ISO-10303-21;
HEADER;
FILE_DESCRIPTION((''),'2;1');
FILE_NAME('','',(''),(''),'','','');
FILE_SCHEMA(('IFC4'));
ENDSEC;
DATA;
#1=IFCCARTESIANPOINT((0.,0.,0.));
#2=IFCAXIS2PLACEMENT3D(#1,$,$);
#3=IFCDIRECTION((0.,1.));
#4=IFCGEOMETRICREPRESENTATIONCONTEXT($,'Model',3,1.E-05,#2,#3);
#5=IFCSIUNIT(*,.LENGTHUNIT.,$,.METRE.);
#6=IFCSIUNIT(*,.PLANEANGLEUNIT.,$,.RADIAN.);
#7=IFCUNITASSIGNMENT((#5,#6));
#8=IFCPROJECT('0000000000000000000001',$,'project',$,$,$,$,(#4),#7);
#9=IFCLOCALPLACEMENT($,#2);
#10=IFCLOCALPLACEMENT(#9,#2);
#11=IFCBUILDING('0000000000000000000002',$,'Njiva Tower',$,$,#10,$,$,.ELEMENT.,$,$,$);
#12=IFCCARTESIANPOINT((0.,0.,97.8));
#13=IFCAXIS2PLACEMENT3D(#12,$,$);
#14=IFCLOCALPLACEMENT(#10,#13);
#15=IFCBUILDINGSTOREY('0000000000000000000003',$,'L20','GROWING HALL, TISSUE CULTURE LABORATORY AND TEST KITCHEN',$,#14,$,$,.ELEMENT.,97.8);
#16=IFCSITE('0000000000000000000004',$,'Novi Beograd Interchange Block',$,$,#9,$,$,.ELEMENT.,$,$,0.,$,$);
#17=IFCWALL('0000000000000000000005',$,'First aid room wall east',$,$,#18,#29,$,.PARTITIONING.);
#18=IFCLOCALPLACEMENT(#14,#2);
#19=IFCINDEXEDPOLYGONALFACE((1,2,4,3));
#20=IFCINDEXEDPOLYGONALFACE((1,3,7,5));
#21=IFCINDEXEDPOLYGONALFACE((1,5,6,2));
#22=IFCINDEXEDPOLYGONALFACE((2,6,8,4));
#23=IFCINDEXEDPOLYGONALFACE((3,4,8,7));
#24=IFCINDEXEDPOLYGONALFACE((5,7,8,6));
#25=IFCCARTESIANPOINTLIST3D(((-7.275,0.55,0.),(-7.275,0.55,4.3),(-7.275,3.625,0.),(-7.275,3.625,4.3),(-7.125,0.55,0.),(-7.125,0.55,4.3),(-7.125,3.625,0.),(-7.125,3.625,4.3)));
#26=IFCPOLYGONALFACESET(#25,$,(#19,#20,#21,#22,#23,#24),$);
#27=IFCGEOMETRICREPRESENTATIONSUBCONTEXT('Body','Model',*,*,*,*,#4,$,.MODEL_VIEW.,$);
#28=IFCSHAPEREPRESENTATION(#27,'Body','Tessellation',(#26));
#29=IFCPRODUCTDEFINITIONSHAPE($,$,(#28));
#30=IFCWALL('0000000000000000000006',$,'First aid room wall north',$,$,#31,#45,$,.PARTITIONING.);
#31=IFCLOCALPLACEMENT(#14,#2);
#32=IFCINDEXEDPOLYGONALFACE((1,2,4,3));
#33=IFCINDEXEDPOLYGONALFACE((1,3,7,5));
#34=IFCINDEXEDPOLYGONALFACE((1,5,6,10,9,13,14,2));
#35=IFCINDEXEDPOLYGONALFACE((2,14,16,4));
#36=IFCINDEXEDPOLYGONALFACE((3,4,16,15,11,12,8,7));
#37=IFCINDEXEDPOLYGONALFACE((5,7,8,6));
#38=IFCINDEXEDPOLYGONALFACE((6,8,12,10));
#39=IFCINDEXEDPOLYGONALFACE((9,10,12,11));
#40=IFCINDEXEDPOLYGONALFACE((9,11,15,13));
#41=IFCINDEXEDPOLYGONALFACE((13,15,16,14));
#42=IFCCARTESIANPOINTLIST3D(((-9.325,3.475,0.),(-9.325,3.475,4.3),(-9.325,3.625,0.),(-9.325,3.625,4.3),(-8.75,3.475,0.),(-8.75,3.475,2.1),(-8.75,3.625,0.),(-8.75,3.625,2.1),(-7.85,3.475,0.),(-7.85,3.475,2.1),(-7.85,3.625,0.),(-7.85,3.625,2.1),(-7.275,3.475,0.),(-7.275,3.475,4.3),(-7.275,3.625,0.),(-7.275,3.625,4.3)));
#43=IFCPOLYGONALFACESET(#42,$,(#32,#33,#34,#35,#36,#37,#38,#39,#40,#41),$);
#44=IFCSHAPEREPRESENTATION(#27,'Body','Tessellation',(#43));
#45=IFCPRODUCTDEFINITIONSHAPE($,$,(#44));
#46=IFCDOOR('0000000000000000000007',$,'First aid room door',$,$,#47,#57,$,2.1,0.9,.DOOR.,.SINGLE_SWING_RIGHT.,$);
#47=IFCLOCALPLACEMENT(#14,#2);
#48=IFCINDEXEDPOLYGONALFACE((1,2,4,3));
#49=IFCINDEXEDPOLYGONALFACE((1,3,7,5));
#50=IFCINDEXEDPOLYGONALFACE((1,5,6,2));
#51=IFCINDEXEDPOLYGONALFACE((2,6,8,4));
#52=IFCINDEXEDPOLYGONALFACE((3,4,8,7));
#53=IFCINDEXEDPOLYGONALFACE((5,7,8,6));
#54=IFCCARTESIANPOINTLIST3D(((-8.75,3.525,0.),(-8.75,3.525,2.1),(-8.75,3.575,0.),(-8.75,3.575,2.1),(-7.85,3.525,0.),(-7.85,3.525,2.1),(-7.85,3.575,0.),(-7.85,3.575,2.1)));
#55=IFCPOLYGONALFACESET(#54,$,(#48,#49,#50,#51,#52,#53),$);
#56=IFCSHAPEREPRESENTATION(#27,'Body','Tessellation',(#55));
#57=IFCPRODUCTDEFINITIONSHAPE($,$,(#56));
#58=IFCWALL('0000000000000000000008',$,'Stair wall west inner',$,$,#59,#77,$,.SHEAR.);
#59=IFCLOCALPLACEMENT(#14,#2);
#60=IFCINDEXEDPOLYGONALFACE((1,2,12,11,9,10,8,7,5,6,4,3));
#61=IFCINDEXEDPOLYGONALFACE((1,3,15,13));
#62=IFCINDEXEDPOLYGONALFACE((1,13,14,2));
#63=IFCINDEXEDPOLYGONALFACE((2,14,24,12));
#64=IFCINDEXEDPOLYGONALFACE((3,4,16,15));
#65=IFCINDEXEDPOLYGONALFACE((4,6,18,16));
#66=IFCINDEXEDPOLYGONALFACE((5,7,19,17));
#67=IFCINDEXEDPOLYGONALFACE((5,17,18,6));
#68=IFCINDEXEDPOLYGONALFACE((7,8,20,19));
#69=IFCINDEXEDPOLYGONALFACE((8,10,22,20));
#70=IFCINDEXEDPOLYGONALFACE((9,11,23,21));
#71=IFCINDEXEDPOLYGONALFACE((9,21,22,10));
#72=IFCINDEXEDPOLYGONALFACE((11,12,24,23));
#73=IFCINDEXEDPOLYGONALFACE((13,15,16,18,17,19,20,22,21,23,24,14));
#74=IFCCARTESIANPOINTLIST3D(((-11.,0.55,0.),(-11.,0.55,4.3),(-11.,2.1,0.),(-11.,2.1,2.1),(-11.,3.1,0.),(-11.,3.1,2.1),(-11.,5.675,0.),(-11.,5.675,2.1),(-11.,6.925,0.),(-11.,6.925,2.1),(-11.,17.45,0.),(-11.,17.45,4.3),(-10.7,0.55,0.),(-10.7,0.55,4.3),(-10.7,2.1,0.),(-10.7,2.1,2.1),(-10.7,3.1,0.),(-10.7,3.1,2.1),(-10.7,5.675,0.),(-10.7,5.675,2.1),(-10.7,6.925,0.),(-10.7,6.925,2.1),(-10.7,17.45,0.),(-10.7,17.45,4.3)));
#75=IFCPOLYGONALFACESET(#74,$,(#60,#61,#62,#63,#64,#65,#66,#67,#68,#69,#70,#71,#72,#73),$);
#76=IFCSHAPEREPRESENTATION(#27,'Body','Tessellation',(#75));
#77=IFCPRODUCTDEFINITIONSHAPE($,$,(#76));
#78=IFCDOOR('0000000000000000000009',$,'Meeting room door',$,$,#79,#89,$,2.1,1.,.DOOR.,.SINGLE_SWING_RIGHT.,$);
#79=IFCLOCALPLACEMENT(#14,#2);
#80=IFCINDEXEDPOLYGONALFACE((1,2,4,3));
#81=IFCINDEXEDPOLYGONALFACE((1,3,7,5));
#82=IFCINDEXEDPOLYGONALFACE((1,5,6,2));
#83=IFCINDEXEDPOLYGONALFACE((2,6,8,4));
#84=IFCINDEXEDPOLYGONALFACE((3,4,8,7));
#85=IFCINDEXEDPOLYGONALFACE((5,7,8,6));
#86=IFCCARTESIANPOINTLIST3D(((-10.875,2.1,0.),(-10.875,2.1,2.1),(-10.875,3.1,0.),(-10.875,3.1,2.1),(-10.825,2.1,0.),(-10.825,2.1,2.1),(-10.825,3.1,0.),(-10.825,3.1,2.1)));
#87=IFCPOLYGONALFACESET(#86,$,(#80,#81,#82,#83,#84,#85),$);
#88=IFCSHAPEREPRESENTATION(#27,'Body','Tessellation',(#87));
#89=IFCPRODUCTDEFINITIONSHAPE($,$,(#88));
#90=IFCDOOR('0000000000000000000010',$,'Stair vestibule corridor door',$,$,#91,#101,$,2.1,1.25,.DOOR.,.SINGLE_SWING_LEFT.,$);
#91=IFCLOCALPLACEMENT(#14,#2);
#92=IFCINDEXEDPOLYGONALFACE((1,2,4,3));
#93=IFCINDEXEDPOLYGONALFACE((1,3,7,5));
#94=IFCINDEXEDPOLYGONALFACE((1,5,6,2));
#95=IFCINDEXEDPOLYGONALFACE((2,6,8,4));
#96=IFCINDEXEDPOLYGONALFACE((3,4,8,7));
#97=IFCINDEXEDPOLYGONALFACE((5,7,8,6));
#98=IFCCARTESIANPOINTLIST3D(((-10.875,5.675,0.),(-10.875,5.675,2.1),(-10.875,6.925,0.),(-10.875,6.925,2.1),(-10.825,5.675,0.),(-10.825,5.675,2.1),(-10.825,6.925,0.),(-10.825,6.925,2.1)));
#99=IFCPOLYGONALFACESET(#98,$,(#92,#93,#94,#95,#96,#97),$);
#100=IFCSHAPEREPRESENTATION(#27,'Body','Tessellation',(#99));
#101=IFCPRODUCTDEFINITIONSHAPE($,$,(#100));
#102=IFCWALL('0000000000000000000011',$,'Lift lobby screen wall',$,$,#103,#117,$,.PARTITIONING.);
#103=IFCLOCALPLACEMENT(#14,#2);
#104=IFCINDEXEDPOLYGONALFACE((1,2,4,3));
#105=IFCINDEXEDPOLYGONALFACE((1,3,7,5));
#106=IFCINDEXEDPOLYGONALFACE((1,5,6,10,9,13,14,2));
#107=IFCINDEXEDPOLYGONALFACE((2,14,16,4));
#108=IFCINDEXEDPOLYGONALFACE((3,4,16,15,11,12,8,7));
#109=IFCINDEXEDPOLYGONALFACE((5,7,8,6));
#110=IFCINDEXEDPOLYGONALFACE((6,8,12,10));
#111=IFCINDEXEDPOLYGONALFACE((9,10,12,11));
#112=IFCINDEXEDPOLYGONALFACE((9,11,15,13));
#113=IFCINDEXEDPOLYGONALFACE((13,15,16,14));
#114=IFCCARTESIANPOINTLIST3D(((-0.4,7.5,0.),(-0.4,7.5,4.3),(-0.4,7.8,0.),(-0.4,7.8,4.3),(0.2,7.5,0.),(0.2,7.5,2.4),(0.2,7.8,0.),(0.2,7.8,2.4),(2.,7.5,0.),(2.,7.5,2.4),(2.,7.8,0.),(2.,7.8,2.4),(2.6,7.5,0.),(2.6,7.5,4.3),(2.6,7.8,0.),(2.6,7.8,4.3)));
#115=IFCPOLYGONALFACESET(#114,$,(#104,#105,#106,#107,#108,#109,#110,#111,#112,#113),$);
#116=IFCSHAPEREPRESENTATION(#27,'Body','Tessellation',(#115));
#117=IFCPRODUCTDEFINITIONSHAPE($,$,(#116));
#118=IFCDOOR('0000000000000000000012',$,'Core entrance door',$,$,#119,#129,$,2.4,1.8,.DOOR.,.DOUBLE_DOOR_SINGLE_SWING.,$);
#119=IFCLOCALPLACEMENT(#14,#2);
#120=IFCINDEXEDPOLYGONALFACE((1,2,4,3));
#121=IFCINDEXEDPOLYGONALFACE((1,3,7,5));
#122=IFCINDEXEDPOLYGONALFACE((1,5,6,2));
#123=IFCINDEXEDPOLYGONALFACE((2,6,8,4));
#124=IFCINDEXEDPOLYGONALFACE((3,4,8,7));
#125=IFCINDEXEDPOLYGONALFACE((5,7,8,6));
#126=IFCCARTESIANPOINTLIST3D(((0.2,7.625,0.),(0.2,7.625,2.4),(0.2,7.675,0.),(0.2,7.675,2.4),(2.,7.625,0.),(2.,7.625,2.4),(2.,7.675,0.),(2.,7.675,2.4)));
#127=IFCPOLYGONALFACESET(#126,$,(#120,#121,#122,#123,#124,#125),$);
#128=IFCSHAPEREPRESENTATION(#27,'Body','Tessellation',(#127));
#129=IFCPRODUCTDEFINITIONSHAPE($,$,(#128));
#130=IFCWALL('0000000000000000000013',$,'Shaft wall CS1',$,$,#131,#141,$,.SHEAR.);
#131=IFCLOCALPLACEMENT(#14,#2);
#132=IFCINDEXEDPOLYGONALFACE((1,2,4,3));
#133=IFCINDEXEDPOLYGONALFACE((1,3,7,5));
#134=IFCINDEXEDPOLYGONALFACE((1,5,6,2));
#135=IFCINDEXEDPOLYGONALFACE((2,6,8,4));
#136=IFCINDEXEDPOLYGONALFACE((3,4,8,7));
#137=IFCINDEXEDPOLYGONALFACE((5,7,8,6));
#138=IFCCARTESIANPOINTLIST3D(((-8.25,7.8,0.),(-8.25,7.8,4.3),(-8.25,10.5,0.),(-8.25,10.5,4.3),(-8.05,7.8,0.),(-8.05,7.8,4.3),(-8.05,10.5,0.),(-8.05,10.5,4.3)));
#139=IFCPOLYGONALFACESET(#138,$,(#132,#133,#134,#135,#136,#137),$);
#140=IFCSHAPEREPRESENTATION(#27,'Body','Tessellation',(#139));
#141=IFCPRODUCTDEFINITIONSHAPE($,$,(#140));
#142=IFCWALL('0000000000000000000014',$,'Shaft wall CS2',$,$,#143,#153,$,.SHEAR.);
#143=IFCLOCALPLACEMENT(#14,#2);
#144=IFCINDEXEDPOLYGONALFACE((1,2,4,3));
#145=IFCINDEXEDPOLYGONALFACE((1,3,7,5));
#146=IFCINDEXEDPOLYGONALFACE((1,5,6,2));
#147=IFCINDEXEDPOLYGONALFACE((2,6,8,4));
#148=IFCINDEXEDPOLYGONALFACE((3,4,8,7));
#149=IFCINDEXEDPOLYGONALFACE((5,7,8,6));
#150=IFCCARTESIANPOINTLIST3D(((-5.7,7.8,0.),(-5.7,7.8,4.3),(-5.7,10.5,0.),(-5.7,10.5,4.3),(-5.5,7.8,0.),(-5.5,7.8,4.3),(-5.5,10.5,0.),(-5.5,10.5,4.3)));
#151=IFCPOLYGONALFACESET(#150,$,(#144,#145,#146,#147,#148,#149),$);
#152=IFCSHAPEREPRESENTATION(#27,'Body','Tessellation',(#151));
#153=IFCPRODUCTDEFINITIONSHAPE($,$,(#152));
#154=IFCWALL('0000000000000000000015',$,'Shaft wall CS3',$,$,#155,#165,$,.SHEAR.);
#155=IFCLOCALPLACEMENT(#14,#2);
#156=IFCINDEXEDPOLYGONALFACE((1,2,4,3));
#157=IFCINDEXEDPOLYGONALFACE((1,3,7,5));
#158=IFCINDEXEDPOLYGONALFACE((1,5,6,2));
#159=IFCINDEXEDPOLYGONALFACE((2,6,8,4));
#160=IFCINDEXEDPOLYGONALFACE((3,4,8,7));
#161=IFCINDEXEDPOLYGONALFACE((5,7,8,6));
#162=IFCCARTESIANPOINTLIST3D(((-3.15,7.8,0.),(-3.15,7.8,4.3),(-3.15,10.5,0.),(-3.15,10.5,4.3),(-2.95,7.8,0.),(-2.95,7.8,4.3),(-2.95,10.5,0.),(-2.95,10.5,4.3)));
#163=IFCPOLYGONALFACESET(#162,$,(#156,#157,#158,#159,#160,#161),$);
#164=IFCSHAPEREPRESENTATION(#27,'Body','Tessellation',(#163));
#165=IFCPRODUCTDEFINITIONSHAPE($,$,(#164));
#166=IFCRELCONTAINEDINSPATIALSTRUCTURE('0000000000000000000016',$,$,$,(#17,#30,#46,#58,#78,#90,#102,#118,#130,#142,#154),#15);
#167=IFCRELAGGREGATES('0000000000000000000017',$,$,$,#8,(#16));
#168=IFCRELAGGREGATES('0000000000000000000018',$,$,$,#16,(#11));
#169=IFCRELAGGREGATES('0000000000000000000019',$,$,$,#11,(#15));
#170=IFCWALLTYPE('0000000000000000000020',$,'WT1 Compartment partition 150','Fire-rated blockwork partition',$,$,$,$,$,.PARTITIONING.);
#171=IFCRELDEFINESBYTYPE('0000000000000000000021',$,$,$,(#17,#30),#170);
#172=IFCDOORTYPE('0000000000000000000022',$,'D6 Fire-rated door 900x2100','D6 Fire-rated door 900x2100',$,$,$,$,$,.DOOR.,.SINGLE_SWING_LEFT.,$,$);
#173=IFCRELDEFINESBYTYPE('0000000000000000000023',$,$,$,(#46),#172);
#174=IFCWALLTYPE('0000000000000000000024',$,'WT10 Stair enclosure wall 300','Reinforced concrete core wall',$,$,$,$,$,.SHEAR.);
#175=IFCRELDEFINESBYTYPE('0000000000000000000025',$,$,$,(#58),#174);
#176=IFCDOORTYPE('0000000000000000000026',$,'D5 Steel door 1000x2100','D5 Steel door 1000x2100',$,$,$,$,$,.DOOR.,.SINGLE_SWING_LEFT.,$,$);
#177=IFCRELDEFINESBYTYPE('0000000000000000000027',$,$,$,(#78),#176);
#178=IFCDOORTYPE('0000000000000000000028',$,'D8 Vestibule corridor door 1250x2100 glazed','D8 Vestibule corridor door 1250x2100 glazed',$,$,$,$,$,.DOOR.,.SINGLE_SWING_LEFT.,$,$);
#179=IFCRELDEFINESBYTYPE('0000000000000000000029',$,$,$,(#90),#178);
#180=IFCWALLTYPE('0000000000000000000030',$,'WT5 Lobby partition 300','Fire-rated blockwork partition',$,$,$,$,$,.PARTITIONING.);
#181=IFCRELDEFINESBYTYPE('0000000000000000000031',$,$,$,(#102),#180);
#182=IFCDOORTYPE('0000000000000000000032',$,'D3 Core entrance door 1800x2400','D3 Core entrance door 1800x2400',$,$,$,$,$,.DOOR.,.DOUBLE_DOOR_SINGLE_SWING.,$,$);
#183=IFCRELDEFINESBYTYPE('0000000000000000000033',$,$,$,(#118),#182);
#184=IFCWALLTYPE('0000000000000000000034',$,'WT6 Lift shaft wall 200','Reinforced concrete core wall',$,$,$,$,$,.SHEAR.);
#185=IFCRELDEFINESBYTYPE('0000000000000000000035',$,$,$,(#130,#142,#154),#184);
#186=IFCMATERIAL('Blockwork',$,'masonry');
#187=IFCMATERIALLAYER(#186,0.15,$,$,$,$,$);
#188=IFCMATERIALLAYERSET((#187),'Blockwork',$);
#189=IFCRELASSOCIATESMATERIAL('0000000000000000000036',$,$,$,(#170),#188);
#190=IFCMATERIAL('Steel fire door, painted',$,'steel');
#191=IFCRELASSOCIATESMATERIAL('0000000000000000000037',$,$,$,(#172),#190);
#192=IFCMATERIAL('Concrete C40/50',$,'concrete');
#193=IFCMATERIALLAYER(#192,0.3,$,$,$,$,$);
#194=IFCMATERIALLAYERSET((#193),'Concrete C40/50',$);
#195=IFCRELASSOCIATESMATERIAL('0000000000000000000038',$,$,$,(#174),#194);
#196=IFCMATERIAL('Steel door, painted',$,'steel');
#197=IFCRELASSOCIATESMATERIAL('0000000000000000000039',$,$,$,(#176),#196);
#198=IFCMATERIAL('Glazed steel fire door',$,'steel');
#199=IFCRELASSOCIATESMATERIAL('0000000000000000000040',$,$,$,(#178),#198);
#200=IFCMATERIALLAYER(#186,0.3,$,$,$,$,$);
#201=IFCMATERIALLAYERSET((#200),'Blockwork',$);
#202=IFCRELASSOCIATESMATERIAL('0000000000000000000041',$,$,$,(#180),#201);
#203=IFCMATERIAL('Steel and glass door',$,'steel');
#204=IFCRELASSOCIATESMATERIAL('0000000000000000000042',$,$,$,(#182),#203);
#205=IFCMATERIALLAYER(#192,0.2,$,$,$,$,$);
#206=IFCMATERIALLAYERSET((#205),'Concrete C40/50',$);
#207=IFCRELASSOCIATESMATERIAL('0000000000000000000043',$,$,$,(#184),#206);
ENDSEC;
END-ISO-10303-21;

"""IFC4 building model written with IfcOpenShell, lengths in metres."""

from ifc_helpers import new_model, si_unit, direction, frame, frame_2d, origin, place, context, subcontext, project, spatial, rectangle, extrude, material, layer, layer_set, type_object, element, fill, save


model = new_model("IFC4")

# Units and contexts
model_context = context("Model", 3, precision=1e-05, world=origin(), true_north=direction((0.0, 1.0)))
body_context = subcontext(model_context, "Body", "Model", "MODEL_VIEW")
ifc_project = project(units=[si_unit("LENGTHUNIT", "METRE"), si_unit("PLANEANGLEUNIT", "RADIAN")], contexts=[model_context])

# Site, building, storey
site_placement = place(None, origin())
site = spatial("IfcSite", under=ifc_project, at=site_placement, Name="Novi Beograd Interchange Block", CompositionType="ELEMENT", RefElevation=0.0)
building_placement = place(site_placement, origin())
building = spatial("IfcBuilding", under=site, at=building_placement, Name="Njiva Tower", CompositionType="ELEMENT")
storey_placement = place(building_placement, frame((0.0, 0.0, 97.8)))
storey = spatial("IfcBuildingStorey", under=building, at=storey_placement, Name="L20", Description="GROWING HALL, TISSUE CULTURE LABORATORY AND TEST KITCHEN", CompositionType="ELEMENT", Elevation=97.8)

# Shared definitions
ifc_material_1 = material(Name="Blockwork", Category="masonry")
ifc_layer_1 = layer(ifc_material_1, 0.15)
ifc_layer_set_1 = layer_set([ifc_layer_1], Name="Blockwork")
wall_type_1 = type_object("IfcWallType", Name="WT1 Compartment partition 150", Description="Fire-rated blockwork partition", PredefinedType="PARTITIONING", material=ifc_layer_set_1)

# Shared definitions
ifc_material_2 = material(Name="Steel fire door, painted", Category="steel")
door_type_1 = type_object("IfcDoorType", Name="D6 Fire-rated door 900x2100", Description="D6 Fire-rated door 900x2100", OperationType="SINGLE_SWING_LEFT", PredefinedType="DOOR", material=ifc_material_2)

# Wall
for number, where, z_axis, x_axis, name in (
    (1, (-7.2, 0.55, 0.0), (0.0, 0.0, 1.0), (0.0, 1.0, 0.0), "First aid room wall east"),
):
    element("IfcWall", number, at=place(storey_placement, frame(where, z_axis=z_axis, x_axis=x_axis)), inside=storey, type_object=wall_type_1, Name=name, PredefinedType="PARTITIONING", context=body_context, shape_type="SweptSolid", body=[
        extrude(rectangle(XDim=3.075, YDim=0.15, at=frame_2d((1.5375, 0.0))), origin(), (0.0, 0.0, 1.0), 4.3),
    ])

# Wall, opening, door
wall_1_placement = place(storey_placement, frame((-9.325, 3.55, 0.0), z_axis=(0.0, 0.0, 1.0), x_axis=(1.0, 0.0, 0.0)))
wall_1 = element("IfcWall", 2, at=wall_1_placement, inside=storey, type_object=wall_type_1, Name="First aid room wall north", PredefinedType="PARTITIONING", context=body_context, shape_type="SweptSolid", body=[
    extrude(rectangle(XDim=2.05, YDim=0.15, at=frame_2d((1.025, 0.0))), origin(), (0.0, 0.0, 1.0), 4.3),
])
opening_1_placement = place(wall_1_placement, frame((0.575, 0.0, 0.0)))
opening_1 = element("IfcOpeningElement", 3, at=opening_1_placement, cuts=wall_1, PredefinedType="OPENING", context=body_context, shape_type="SweptSolid", body=[
    extrude(rectangle(XDim=0.9, YDim=2.1, at=frame_2d((0.45, 1.05))), frame((0.0, 0.085, 0.0), z_axis=(0.0, -1.0, 0.0), x_axis=(1.0, 0.0, 0.0)), (0.0, 0.0, 1.0), 0.17),
])
door_1_placement = place(opening_1_placement, origin())
door_1 = element("IfcDoor", 4, at=door_1_placement, inside=storey, type_object=door_type_1, Name="First aid room door", OperationType="SINGLE_SWING_RIGHT", OverallHeight=2.1, OverallWidth=0.9, PredefinedType="DOOR", context=body_context, shape_type="SweptSolid", body=[
    extrude(rectangle(XDim=0.9, YDim=2.1, at=frame_2d((0.45, 1.05))), frame((0.0, 0.025, 0.0), z_axis=(0.0, -1.0, 0.0), x_axis=(1.0, 0.0, 0.0)), (0.0, 0.0, 1.0), 0.05),
])
fill(opening_1, door_1)

# Wall, openings, doors
ifc_material_3 = material(Name="Concrete C40/50", Category="concrete")
ifc_layer_2 = layer(ifc_material_3, 0.3)
ifc_layer_set_2 = layer_set([ifc_layer_2], Name="Concrete C40/50")
wall_type_2 = type_object("IfcWallType", Name="WT10 Stair enclosure wall 300", Description="Reinforced concrete core wall", PredefinedType="SHEAR", material=ifc_layer_set_2)
wall_2_placement = place(storey_placement, frame((-10.85, 0.55, 0.0), z_axis=(0.0, 0.0, 1.0), x_axis=(0.0, 1.0, 0.0)))
wall_2 = element("IfcWall", 5, at=wall_2_placement, inside=storey, type_object=wall_type_2, Name="Stair wall west inner", PredefinedType="SHEAR", context=body_context, shape_type="SweptSolid", body=[
    extrude(rectangle(XDim=16.9, YDim=0.3, at=frame_2d((8.45, 0.0))), origin(), (0.0, 0.0, 1.0), 4.3),
])
opening_2_placement = place(wall_2_placement, frame((5.125, 0.0, 0.0)))
opening_2 = element("IfcOpeningElement", 6, at=opening_2_placement, cuts=wall_2, PredefinedType="OPENING", context=body_context, shape_type="SweptSolid", body=[
    extrude(rectangle(XDim=1.25, YDim=2.1, at=frame_2d((0.625, 1.05))), frame((0.0, 0.16, 0.0), z_axis=(0.0, -1.0, 0.0), x_axis=(1.0, 0.0, 0.0)), (0.0, 0.0, 1.0), 0.32),
])
opening_3_placement = place(wall_2_placement, frame((1.55, 0.0, 0.0)))
opening_3 = element("IfcOpeningElement", 7, at=opening_3_placement, cuts=wall_2, PredefinedType="OPENING", context=body_context, shape_type="SweptSolid", body=[
    extrude(rectangle(XDim=1.0, YDim=2.1, at=frame_2d((0.5, 1.05))), frame((0.0, 0.16, 0.0), z_axis=(0.0, -1.0, 0.0), x_axis=(1.0, 0.0, 0.0)), (0.0, 0.0, 1.0), 0.32),
])
ifc_material_4 = material(Name="Steel door, painted", Category="steel")
door_type_2 = type_object("IfcDoorType", Name="D5 Steel door 1000x2100", Description="D5 Steel door 1000x2100", OperationType="SINGLE_SWING_LEFT", PredefinedType="DOOR", material=ifc_material_4)
door_2_placement = place(opening_3_placement, origin())
door_2 = element("IfcDoor", 8, at=door_2_placement, inside=storey, type_object=door_type_2, Name="Meeting room door", OperationType="SINGLE_SWING_RIGHT", OverallHeight=2.1, OverallWidth=1.0, PredefinedType="DOOR", context=body_context, shape_type="SweptSolid", body=[
    extrude(rectangle(XDim=1.0, YDim=2.1, at=frame_2d((0.5, 1.05))), frame((0.0, 0.025, 0.0), z_axis=(0.0, -1.0, 0.0), x_axis=(1.0, 0.0, 0.0)), (0.0, 0.0, 1.0), 0.05),
])
fill(opening_3, door_2)
ifc_material_5 = material(Name="Glazed steel fire door", Category="steel")
door_type_3 = type_object("IfcDoorType", Name="D8 Vestibule corridor door 1250x2100 glazed", Description="D8 Vestibule corridor door 1250x2100 glazed", OperationType="SINGLE_SWING_LEFT", PredefinedType="DOOR", material=ifc_material_5)
door_3_placement = place(opening_2_placement, origin())
door_3 = element("IfcDoor", 9, at=door_3_placement, inside=storey, type_object=door_type_3, Name="Stair vestibule corridor door", OperationType="SINGLE_SWING_LEFT", OverallHeight=2.1, OverallWidth=1.25, PredefinedType="DOOR", context=body_context, shape_type="SweptSolid", body=[
    extrude(rectangle(XDim=1.25, YDim=2.1, at=frame_2d((0.625, 1.05))), frame((0.0, 0.025, 0.0), z_axis=(0.0, -1.0, 0.0), x_axis=(1.0, 0.0, 0.0)), (0.0, 0.0, 1.0), 0.05),
])
fill(opening_2, door_3)

# Wall, opening, door
ifc_layer_3 = layer(ifc_material_1, 0.3)
ifc_layer_set_3 = layer_set([ifc_layer_3], Name="Blockwork")
wall_type_3 = type_object("IfcWallType", Name="WT5 Lobby partition 300", Description="Fire-rated blockwork partition", PredefinedType="PARTITIONING", material=ifc_layer_set_3)
wall_3_placement = place(storey_placement, frame((-0.4, 7.65, 0.0), z_axis=(0.0, 0.0, 1.0), x_axis=(1.0, 0.0, 0.0)))
wall_3 = element("IfcWall", 10, at=wall_3_placement, inside=storey, type_object=wall_type_3, Name="Lift lobby screen wall", PredefinedType="PARTITIONING", context=body_context, shape_type="SweptSolid", body=[
    extrude(rectangle(XDim=3.0, YDim=0.3, at=frame_2d((1.5, 0.0))), origin(), (0.0, 0.0, 1.0), 4.3),
])
opening_4_placement = place(wall_3_placement, frame((0.6, 0.0, 0.0)))
opening_4 = element("IfcOpeningElement", 11, at=opening_4_placement, cuts=wall_3, PredefinedType="OPENING", context=body_context, shape_type="SweptSolid", body=[
    extrude(rectangle(XDim=1.8, YDim=2.4, at=frame_2d((0.9, 1.2))), frame((0.0, 0.16, 0.0), z_axis=(0.0, -1.0, 0.0), x_axis=(1.0, 0.0, 0.0)), (0.0, 0.0, 1.0), 0.32),
])
ifc_material_6 = material(Name="Steel and glass door", Category="steel")
door_type_4 = type_object("IfcDoorType", Name="D3 Core entrance door 1800x2400", Description="D3 Core entrance door 1800x2400", OperationType="DOUBLE_DOOR_SINGLE_SWING", PredefinedType="DOOR", material=ifc_material_6)
door_4_placement = place(opening_4_placement, origin())
door_4 = element("IfcDoor", 12, at=door_4_placement, inside=storey, type_object=door_type_4, Name="Core entrance door", OperationType="DOUBLE_DOOR_SINGLE_SWING", OverallHeight=2.4, OverallWidth=1.8, PredefinedType="DOOR", context=body_context, shape_type="SweptSolid", body=[
    extrude(rectangle(XDim=1.8, YDim=2.4, at=frame_2d((0.9, 1.2))), frame((0.0, 0.025, 0.0), z_axis=(0.0, -1.0, 0.0), x_axis=(1.0, 0.0, 0.0)), (0.0, 0.0, 1.0), 0.05),
])
fill(opening_4, door_4)

# Walls
ifc_layer_4 = layer(ifc_material_3, 0.2)
ifc_layer_set_4 = layer_set([ifc_layer_4], Name="Concrete C40/50")
wall_type_4 = type_object("IfcWallType", Name="WT6 Lift shaft wall 200", Description="Reinforced concrete core wall", PredefinedType="SHEAR", material=ifc_layer_set_4)
for number, where, z_axis, x_axis, name in (
    (13, (-8.15, 7.8, 0.0), (0.0, 0.0, 1.0), (0.0, 1.0, 0.0), "Shaft wall CS1"),
    (14, (-5.6, 7.8, 0.0), (0.0, 0.0, 1.0), (0.0, 1.0, 0.0), "Shaft wall CS2"),
    (15, (-3.05, 7.8, 0.0), (0.0, 0.0, 1.0), (0.0, 1.0, 0.0), "Shaft wall CS3"),
):
    element("IfcWall", number, at=place(storey_placement, frame(where, z_axis=z_axis, x_axis=x_axis)), inside=storey, type_object=wall_type_4, Name=name, PredefinedType="SHEAR", context=body_context, shape_type="SweptSolid", body=[
        extrude(rectangle(XDim=2.7, YDim=0.2, at=frame_2d((1.35, 0.0))), origin(), (0.0, 0.0, 1.0), 4.3),
    ])

save(model, "model.ifc")
